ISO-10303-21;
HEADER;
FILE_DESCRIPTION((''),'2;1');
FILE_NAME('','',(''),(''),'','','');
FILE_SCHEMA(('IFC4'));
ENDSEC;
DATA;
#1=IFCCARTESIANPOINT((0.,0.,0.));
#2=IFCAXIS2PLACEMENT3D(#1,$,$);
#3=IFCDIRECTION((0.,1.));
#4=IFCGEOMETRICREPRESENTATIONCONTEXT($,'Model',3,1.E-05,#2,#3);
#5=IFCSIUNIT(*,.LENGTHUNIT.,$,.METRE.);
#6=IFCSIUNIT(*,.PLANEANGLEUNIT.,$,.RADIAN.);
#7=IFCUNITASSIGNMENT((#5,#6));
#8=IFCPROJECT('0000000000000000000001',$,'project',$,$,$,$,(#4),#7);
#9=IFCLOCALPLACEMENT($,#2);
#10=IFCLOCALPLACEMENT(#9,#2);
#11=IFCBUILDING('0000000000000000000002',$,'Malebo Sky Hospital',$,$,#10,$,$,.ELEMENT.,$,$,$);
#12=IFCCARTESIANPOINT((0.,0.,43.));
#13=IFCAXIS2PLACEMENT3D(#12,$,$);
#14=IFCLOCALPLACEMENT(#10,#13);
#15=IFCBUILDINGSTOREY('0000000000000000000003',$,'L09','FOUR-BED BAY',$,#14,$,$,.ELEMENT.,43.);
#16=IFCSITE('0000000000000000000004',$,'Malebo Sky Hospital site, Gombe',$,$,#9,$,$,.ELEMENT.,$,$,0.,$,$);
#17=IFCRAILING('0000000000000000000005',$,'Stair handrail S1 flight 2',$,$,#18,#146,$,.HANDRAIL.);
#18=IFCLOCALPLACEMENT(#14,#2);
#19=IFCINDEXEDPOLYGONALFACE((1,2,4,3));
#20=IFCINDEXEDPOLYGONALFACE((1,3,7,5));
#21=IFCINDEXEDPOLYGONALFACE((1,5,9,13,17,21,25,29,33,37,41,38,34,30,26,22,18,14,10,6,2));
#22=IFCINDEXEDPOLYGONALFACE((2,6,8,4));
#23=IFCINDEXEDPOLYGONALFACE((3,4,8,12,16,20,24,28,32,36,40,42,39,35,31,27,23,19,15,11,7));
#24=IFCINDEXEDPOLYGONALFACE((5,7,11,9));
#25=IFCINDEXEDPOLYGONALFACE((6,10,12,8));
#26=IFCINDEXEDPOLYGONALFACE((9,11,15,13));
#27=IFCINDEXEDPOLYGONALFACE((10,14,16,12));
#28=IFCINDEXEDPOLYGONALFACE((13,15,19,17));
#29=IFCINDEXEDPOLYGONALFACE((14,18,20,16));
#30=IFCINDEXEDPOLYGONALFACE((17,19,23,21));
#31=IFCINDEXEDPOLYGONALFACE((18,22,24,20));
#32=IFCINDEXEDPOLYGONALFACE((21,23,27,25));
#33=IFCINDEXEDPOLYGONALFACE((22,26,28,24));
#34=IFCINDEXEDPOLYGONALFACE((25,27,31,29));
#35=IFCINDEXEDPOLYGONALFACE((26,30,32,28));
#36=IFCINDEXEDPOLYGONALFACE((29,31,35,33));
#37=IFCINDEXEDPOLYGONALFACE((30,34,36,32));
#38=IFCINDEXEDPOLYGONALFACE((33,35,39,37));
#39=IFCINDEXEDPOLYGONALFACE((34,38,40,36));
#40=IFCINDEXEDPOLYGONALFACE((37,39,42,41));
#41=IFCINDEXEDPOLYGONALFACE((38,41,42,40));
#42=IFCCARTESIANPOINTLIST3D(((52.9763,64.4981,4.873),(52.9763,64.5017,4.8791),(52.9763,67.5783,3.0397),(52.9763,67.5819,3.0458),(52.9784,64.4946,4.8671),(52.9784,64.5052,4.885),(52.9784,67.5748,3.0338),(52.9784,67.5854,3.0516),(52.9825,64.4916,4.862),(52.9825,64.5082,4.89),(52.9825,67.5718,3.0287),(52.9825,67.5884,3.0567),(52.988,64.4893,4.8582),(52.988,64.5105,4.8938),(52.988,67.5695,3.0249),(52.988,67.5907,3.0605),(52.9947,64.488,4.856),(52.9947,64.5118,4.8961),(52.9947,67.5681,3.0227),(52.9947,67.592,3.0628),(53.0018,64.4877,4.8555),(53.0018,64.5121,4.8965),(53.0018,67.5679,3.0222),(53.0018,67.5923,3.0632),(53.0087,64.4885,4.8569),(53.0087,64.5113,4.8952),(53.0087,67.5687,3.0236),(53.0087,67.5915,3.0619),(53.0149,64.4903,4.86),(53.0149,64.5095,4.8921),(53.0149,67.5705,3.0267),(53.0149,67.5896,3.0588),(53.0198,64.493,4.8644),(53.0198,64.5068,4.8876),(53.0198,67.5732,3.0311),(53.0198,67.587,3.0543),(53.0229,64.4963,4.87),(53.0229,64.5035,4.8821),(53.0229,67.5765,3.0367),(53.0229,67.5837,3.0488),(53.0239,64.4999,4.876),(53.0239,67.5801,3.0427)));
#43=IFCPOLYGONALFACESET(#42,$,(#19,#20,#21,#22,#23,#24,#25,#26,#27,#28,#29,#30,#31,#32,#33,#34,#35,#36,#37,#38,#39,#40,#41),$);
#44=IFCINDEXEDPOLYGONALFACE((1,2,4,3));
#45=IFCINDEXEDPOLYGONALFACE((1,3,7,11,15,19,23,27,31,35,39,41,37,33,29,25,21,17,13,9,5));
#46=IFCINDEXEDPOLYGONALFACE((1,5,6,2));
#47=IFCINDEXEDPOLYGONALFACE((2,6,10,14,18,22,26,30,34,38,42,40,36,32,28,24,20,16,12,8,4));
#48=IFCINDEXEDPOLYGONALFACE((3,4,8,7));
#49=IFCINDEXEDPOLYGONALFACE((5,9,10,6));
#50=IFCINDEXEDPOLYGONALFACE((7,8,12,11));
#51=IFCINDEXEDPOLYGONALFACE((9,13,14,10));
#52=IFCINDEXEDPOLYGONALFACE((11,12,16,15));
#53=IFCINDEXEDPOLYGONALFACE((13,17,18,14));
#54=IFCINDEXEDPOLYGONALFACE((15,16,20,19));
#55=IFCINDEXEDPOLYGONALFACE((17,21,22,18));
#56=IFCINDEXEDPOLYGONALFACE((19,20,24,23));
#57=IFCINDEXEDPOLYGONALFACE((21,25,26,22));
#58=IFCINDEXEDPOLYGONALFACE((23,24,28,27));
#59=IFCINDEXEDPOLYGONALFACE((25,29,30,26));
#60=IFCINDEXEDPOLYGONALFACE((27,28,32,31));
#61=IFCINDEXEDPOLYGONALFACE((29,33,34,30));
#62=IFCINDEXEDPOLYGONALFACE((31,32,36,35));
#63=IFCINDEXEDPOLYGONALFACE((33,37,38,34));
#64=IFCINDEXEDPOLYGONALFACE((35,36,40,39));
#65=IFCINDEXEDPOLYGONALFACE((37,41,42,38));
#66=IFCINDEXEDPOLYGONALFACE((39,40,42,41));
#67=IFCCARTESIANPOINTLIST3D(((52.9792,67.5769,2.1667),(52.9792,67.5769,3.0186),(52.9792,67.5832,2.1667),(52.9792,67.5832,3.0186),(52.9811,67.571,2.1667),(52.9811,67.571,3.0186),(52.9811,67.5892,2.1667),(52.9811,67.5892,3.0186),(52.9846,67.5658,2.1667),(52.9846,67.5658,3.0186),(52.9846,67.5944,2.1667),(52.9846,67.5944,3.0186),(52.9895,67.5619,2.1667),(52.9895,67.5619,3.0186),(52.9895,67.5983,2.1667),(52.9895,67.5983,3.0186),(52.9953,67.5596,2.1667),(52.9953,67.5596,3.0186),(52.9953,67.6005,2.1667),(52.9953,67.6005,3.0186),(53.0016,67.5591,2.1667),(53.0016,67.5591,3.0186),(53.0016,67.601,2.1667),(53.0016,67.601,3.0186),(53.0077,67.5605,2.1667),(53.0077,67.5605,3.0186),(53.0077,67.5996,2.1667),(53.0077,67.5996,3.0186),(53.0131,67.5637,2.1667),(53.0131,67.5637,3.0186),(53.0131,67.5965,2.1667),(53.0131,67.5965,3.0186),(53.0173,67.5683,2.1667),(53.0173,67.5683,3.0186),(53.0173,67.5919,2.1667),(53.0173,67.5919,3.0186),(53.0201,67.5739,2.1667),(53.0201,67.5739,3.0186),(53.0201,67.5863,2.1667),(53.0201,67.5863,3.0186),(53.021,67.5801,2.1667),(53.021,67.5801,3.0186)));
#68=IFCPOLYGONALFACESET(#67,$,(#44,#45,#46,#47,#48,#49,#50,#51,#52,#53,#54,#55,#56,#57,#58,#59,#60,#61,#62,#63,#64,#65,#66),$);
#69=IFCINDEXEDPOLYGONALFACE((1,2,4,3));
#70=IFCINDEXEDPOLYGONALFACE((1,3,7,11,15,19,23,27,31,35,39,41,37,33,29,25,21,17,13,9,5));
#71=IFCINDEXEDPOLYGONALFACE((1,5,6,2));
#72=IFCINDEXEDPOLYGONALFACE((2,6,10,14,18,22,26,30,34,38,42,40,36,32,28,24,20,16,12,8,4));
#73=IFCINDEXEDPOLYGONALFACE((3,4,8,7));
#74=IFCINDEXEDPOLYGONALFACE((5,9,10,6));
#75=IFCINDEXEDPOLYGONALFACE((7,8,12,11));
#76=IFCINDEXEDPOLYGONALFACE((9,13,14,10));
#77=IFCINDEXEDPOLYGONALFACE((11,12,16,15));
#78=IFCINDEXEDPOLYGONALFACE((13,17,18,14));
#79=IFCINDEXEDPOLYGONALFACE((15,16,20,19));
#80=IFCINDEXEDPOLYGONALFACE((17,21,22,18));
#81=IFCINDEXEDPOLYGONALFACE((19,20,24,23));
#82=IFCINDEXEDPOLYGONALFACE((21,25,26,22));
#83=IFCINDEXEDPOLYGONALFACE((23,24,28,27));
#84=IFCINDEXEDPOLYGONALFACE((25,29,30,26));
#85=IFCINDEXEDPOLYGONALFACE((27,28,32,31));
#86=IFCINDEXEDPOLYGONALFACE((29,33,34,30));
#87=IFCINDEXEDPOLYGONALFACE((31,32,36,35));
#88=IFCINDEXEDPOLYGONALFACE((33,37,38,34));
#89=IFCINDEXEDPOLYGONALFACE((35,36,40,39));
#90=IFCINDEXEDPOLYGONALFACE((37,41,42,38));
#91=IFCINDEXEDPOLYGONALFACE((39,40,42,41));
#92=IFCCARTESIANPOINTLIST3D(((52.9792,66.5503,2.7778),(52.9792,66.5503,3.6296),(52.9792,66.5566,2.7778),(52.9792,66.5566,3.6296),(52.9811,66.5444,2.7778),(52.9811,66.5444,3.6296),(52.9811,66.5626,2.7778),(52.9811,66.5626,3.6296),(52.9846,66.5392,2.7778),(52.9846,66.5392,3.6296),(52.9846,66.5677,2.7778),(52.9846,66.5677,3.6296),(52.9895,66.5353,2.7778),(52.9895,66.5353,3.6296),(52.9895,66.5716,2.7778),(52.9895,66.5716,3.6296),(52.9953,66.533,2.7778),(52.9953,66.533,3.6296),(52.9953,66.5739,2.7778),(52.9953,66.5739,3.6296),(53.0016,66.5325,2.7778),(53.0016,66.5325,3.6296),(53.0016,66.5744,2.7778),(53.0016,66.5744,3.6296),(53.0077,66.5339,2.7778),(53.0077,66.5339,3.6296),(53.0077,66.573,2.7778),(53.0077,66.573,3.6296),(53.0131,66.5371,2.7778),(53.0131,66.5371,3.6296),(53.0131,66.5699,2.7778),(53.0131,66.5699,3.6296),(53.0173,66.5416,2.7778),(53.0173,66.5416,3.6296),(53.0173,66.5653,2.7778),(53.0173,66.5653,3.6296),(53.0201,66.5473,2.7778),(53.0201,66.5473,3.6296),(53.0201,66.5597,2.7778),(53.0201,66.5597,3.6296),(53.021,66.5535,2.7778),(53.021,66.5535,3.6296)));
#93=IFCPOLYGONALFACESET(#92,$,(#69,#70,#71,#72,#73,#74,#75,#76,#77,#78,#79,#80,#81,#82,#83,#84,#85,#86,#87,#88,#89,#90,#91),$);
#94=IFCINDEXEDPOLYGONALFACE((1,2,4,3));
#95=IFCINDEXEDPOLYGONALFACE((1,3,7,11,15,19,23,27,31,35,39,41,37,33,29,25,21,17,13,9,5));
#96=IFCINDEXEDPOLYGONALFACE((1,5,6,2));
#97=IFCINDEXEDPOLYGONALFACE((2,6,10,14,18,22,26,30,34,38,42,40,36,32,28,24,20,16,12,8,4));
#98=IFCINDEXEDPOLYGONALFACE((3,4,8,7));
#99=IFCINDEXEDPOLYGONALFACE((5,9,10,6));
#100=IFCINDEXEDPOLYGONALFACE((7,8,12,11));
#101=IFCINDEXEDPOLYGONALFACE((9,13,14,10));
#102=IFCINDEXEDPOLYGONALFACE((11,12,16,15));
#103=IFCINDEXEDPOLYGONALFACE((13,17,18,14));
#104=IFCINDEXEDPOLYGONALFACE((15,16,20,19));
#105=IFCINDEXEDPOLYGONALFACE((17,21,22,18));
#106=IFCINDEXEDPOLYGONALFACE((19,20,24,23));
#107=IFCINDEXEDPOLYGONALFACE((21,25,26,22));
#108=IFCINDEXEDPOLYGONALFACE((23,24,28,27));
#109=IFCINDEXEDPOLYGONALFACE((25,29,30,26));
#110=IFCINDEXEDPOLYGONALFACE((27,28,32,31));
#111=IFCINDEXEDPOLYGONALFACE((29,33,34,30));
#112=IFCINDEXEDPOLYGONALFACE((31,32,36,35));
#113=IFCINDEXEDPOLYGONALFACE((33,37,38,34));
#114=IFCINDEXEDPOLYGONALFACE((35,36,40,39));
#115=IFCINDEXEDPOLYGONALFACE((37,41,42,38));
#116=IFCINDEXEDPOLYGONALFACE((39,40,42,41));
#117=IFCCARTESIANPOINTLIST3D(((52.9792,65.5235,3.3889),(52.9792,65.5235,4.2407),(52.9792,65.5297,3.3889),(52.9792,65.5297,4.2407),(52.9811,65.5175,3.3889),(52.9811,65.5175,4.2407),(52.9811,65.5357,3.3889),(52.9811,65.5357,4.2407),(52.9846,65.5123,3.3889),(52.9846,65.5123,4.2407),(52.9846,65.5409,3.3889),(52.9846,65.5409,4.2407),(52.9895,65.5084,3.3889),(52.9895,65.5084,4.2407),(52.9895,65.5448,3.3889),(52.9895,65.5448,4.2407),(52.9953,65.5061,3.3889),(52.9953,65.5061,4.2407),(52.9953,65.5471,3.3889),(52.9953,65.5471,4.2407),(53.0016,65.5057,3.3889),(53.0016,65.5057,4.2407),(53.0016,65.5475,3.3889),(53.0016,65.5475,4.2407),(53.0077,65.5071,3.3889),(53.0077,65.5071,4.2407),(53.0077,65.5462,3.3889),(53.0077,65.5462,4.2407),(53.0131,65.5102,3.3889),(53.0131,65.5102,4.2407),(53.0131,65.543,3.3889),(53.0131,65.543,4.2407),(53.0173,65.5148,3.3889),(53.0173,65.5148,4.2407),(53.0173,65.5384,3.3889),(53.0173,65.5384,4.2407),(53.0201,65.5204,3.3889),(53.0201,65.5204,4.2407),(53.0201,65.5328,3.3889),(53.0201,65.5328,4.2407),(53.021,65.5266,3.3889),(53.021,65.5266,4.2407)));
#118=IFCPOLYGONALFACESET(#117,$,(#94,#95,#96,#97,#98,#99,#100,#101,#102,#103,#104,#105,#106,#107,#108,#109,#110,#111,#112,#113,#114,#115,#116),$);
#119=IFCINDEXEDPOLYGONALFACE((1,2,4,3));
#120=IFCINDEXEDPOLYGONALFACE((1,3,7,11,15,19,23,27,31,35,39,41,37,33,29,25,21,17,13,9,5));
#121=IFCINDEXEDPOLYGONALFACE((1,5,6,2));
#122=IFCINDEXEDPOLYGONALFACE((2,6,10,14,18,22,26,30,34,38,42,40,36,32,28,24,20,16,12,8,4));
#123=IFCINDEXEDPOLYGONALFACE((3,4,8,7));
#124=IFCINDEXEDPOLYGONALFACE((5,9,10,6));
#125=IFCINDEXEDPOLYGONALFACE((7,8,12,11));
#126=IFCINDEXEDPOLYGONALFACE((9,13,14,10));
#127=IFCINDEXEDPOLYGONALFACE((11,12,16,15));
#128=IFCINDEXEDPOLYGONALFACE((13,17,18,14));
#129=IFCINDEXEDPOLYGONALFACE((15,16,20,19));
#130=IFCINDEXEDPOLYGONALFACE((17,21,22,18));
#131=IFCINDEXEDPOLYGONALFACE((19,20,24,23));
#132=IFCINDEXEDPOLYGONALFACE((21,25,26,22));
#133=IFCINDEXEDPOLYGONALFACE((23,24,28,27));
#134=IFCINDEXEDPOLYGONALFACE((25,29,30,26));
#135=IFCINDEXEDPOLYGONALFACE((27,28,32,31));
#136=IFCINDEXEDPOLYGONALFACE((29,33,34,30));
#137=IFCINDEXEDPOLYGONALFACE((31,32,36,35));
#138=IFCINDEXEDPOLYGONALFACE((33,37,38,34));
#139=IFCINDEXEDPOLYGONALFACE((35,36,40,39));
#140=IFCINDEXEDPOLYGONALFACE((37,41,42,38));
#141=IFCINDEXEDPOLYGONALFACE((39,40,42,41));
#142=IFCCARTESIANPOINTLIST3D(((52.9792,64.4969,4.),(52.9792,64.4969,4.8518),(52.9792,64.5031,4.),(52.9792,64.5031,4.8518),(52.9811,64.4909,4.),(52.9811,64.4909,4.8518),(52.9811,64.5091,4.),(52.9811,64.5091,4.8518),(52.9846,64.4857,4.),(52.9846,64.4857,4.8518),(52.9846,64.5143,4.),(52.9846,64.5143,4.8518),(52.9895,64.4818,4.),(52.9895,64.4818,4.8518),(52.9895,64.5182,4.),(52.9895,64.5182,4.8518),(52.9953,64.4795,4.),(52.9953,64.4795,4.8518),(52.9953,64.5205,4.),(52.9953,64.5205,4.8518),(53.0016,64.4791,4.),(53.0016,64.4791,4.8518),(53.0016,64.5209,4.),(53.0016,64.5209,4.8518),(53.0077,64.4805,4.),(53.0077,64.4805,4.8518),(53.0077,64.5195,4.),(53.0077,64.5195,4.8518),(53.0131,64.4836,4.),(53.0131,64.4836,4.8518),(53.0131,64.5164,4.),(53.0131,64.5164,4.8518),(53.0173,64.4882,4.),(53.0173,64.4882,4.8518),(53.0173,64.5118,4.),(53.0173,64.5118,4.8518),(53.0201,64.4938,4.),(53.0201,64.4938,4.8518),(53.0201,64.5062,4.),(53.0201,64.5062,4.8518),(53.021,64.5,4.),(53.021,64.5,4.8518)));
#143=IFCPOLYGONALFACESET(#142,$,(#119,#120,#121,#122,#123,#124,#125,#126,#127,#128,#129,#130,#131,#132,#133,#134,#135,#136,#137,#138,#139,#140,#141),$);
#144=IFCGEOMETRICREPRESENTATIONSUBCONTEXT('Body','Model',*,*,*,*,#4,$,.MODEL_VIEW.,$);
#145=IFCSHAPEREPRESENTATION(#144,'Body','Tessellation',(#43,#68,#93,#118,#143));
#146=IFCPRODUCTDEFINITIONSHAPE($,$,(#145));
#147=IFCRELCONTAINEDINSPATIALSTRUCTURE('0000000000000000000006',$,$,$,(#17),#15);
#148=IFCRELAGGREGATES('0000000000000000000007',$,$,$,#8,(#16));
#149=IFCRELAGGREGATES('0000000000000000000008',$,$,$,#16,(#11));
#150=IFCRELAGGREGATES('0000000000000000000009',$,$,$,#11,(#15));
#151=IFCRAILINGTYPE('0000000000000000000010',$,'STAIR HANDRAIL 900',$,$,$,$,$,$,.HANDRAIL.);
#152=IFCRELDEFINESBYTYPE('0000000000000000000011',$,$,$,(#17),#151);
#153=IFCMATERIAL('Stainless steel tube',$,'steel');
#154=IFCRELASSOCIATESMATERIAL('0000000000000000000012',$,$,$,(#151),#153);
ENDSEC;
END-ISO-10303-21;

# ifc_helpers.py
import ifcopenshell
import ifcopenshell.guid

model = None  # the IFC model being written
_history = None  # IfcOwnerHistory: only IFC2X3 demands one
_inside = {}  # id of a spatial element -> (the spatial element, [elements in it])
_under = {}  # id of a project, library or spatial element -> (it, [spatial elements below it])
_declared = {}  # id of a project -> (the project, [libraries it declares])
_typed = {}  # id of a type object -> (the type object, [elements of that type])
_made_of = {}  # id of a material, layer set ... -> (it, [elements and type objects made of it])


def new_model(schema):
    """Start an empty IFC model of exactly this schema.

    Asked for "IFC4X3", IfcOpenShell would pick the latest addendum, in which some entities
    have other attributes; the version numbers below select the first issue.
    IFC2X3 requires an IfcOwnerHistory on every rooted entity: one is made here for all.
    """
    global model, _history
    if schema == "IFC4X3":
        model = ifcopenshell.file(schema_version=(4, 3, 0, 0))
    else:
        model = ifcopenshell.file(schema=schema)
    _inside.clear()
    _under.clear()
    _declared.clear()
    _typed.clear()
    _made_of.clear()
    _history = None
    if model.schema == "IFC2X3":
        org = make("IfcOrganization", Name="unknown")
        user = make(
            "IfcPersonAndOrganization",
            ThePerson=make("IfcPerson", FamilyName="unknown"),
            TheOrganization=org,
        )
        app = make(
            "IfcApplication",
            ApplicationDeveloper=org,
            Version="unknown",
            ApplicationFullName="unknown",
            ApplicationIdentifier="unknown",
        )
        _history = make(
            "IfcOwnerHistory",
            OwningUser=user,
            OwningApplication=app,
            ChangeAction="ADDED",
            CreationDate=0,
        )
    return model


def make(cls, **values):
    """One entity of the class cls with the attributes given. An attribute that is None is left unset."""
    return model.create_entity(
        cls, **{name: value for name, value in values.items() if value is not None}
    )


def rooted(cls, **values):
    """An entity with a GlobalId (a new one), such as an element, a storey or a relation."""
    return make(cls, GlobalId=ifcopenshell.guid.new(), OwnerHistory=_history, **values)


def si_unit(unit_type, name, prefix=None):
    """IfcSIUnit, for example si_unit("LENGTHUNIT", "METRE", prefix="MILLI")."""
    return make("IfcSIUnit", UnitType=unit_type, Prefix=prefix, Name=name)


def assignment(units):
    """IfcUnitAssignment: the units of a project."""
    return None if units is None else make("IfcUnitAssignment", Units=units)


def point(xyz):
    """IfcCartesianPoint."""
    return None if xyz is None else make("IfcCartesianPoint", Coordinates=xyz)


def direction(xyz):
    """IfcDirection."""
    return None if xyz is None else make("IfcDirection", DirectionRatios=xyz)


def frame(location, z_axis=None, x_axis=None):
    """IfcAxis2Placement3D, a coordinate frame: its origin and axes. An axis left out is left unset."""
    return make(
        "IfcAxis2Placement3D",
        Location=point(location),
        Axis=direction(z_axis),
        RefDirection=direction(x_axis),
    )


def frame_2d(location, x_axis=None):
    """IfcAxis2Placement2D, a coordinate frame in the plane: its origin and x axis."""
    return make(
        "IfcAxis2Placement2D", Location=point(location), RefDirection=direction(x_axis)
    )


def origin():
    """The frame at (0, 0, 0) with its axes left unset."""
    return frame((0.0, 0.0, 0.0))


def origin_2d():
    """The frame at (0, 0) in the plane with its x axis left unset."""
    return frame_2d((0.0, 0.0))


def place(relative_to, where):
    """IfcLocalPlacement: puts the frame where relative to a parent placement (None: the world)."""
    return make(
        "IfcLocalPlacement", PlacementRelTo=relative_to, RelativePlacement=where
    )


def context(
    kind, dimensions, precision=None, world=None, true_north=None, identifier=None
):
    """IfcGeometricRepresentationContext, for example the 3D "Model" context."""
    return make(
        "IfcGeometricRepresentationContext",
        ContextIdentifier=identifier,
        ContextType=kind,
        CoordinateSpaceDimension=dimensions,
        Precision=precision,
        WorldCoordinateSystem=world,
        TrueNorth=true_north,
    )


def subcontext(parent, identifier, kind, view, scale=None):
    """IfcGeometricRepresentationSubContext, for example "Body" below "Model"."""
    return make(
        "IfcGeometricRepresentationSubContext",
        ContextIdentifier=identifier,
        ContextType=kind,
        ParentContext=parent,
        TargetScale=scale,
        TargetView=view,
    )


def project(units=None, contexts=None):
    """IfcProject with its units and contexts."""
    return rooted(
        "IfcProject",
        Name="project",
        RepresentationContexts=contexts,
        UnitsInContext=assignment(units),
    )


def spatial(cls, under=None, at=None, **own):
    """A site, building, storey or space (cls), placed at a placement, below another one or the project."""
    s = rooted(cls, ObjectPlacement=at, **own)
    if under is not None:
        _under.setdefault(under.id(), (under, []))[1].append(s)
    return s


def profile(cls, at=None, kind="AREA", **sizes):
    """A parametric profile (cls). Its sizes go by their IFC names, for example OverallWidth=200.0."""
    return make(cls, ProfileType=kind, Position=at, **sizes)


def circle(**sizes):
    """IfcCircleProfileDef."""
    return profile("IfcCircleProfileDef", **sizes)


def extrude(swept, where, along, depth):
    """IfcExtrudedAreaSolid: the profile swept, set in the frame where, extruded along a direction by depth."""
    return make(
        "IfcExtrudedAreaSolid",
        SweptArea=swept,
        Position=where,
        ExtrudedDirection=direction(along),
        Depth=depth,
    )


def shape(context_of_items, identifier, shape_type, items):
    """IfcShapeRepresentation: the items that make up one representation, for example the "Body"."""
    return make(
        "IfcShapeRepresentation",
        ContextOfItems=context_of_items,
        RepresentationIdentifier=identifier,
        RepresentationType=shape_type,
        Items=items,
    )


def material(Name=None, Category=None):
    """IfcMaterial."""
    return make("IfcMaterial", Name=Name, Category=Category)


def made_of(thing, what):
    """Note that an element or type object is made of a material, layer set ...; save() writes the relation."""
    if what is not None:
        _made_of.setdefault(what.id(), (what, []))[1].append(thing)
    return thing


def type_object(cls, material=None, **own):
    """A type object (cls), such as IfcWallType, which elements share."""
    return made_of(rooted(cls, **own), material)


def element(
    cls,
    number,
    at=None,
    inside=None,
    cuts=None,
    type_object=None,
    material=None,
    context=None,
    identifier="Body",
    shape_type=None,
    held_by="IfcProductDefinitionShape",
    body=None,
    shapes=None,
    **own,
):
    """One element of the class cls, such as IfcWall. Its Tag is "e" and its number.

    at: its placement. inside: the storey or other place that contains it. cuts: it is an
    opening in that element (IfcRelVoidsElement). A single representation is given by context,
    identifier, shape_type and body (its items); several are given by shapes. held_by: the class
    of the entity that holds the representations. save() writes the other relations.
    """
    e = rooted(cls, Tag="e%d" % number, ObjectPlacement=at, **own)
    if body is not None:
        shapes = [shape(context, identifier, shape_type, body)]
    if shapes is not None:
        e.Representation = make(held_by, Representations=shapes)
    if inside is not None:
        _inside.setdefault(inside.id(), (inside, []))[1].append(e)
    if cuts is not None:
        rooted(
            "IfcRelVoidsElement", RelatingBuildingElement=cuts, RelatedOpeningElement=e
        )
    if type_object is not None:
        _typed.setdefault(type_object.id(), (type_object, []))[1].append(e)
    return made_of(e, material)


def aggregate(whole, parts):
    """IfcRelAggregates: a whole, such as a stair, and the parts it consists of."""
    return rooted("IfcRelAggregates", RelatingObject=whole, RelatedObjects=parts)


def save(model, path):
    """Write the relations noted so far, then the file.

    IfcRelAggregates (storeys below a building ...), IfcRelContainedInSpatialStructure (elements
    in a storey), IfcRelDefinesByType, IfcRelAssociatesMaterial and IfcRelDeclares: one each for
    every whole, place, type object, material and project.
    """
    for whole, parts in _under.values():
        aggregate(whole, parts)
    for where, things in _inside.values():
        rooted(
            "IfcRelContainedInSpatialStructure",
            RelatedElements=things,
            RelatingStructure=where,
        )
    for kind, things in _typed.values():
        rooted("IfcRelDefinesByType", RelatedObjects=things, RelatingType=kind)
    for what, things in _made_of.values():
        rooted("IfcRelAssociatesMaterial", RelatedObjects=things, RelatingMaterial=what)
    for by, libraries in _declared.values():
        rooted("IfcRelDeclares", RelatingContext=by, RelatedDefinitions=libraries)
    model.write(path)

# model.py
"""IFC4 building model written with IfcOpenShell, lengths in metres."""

from ifc_helpers import new_model, si_unit, direction, frame, origin, origin_2d, place, context, subcontext, project, spatial, circle, extrude, material, type_object, element, save


model = new_model("IFC4")

# Units and contexts
model_context = context("Model", 3, precision=1e-05, world=origin(), true_north=direction((0.0, 1.0)))
body_context = subcontext(model_context, "Body", "Model", "MODEL_VIEW")
ifc_project = project(units=[si_unit("LENGTHUNIT", "METRE"), si_unit("PLANEANGLEUNIT", "RADIAN")], contexts=[model_context])

# Site, building, storey
site_placement = place(None, origin())
site = spatial("IfcSite", under=ifc_project, at=site_placement, Name="Malebo Sky Hospital site, Gombe", CompositionType="ELEMENT", RefElevation=0.0)
building_placement = place(site_placement, origin())
building = spatial("IfcBuilding", under=site, at=building_placement, Name="Malebo Sky Hospital", CompositionType="ELEMENT")
storey_placement = place(building_placement, frame((0.0, 0.0, 43.0)))
storey = spatial("IfcBuildingStorey", under=building, at=storey_placement, Name="L09", Description="FOUR-BED BAY", CompositionType="ELEMENT", Elevation=43.0)

# Railing
ifc_material_1 = material(Name="Stainless steel tube", Category="steel")
railing_type = type_object("IfcRailingType", Name="STAIR HANDRAIL 900", PredefinedType="HANDRAIL", material=ifc_material_1)
railing_1_placement = place(storey_placement, frame((53.0, 67.5801, 2.1667)))
element("IfcRailing", 1, at=railing_1_placement, inside=storey, type_object=railing_type, Name="Stair handrail S1 flight 2", PredefinedType="HANDRAIL", context=body_context, shape_type="SweptSolid", body=[
    extrude(circle(Radius=0.0239, at=origin_2d()), frame((0.0, 0.0, 0.876), z_axis=(0.0, -0.859309, 0.511458), x_axis=(1.0, 0.0, 0.0)), (0.0, 0.0, 1.0), 3.5845),
    extrude(circle(Radius=0.021, at=origin_2d()), origin(), (0.0, 0.0, 1.0), 0.8518),
    extrude(circle(Radius=0.021, at=origin_2d()), frame((0.0, -1.0266, 0.6111)), (0.0, 0.0, 1.0), 0.8518),
    extrude(circle(Radius=0.021, at=origin_2d()), frame((0.0, -2.0535, 1.2222)), (0.0, 0.0, 1.0), 0.8518),
    extrude(circle(Radius=0.021, at=origin_2d()), frame((0.0, -3.0801, 1.8333)), (0.0, 0.0, 1.0), 0.8518),
])

save(model, "model.ifc")
